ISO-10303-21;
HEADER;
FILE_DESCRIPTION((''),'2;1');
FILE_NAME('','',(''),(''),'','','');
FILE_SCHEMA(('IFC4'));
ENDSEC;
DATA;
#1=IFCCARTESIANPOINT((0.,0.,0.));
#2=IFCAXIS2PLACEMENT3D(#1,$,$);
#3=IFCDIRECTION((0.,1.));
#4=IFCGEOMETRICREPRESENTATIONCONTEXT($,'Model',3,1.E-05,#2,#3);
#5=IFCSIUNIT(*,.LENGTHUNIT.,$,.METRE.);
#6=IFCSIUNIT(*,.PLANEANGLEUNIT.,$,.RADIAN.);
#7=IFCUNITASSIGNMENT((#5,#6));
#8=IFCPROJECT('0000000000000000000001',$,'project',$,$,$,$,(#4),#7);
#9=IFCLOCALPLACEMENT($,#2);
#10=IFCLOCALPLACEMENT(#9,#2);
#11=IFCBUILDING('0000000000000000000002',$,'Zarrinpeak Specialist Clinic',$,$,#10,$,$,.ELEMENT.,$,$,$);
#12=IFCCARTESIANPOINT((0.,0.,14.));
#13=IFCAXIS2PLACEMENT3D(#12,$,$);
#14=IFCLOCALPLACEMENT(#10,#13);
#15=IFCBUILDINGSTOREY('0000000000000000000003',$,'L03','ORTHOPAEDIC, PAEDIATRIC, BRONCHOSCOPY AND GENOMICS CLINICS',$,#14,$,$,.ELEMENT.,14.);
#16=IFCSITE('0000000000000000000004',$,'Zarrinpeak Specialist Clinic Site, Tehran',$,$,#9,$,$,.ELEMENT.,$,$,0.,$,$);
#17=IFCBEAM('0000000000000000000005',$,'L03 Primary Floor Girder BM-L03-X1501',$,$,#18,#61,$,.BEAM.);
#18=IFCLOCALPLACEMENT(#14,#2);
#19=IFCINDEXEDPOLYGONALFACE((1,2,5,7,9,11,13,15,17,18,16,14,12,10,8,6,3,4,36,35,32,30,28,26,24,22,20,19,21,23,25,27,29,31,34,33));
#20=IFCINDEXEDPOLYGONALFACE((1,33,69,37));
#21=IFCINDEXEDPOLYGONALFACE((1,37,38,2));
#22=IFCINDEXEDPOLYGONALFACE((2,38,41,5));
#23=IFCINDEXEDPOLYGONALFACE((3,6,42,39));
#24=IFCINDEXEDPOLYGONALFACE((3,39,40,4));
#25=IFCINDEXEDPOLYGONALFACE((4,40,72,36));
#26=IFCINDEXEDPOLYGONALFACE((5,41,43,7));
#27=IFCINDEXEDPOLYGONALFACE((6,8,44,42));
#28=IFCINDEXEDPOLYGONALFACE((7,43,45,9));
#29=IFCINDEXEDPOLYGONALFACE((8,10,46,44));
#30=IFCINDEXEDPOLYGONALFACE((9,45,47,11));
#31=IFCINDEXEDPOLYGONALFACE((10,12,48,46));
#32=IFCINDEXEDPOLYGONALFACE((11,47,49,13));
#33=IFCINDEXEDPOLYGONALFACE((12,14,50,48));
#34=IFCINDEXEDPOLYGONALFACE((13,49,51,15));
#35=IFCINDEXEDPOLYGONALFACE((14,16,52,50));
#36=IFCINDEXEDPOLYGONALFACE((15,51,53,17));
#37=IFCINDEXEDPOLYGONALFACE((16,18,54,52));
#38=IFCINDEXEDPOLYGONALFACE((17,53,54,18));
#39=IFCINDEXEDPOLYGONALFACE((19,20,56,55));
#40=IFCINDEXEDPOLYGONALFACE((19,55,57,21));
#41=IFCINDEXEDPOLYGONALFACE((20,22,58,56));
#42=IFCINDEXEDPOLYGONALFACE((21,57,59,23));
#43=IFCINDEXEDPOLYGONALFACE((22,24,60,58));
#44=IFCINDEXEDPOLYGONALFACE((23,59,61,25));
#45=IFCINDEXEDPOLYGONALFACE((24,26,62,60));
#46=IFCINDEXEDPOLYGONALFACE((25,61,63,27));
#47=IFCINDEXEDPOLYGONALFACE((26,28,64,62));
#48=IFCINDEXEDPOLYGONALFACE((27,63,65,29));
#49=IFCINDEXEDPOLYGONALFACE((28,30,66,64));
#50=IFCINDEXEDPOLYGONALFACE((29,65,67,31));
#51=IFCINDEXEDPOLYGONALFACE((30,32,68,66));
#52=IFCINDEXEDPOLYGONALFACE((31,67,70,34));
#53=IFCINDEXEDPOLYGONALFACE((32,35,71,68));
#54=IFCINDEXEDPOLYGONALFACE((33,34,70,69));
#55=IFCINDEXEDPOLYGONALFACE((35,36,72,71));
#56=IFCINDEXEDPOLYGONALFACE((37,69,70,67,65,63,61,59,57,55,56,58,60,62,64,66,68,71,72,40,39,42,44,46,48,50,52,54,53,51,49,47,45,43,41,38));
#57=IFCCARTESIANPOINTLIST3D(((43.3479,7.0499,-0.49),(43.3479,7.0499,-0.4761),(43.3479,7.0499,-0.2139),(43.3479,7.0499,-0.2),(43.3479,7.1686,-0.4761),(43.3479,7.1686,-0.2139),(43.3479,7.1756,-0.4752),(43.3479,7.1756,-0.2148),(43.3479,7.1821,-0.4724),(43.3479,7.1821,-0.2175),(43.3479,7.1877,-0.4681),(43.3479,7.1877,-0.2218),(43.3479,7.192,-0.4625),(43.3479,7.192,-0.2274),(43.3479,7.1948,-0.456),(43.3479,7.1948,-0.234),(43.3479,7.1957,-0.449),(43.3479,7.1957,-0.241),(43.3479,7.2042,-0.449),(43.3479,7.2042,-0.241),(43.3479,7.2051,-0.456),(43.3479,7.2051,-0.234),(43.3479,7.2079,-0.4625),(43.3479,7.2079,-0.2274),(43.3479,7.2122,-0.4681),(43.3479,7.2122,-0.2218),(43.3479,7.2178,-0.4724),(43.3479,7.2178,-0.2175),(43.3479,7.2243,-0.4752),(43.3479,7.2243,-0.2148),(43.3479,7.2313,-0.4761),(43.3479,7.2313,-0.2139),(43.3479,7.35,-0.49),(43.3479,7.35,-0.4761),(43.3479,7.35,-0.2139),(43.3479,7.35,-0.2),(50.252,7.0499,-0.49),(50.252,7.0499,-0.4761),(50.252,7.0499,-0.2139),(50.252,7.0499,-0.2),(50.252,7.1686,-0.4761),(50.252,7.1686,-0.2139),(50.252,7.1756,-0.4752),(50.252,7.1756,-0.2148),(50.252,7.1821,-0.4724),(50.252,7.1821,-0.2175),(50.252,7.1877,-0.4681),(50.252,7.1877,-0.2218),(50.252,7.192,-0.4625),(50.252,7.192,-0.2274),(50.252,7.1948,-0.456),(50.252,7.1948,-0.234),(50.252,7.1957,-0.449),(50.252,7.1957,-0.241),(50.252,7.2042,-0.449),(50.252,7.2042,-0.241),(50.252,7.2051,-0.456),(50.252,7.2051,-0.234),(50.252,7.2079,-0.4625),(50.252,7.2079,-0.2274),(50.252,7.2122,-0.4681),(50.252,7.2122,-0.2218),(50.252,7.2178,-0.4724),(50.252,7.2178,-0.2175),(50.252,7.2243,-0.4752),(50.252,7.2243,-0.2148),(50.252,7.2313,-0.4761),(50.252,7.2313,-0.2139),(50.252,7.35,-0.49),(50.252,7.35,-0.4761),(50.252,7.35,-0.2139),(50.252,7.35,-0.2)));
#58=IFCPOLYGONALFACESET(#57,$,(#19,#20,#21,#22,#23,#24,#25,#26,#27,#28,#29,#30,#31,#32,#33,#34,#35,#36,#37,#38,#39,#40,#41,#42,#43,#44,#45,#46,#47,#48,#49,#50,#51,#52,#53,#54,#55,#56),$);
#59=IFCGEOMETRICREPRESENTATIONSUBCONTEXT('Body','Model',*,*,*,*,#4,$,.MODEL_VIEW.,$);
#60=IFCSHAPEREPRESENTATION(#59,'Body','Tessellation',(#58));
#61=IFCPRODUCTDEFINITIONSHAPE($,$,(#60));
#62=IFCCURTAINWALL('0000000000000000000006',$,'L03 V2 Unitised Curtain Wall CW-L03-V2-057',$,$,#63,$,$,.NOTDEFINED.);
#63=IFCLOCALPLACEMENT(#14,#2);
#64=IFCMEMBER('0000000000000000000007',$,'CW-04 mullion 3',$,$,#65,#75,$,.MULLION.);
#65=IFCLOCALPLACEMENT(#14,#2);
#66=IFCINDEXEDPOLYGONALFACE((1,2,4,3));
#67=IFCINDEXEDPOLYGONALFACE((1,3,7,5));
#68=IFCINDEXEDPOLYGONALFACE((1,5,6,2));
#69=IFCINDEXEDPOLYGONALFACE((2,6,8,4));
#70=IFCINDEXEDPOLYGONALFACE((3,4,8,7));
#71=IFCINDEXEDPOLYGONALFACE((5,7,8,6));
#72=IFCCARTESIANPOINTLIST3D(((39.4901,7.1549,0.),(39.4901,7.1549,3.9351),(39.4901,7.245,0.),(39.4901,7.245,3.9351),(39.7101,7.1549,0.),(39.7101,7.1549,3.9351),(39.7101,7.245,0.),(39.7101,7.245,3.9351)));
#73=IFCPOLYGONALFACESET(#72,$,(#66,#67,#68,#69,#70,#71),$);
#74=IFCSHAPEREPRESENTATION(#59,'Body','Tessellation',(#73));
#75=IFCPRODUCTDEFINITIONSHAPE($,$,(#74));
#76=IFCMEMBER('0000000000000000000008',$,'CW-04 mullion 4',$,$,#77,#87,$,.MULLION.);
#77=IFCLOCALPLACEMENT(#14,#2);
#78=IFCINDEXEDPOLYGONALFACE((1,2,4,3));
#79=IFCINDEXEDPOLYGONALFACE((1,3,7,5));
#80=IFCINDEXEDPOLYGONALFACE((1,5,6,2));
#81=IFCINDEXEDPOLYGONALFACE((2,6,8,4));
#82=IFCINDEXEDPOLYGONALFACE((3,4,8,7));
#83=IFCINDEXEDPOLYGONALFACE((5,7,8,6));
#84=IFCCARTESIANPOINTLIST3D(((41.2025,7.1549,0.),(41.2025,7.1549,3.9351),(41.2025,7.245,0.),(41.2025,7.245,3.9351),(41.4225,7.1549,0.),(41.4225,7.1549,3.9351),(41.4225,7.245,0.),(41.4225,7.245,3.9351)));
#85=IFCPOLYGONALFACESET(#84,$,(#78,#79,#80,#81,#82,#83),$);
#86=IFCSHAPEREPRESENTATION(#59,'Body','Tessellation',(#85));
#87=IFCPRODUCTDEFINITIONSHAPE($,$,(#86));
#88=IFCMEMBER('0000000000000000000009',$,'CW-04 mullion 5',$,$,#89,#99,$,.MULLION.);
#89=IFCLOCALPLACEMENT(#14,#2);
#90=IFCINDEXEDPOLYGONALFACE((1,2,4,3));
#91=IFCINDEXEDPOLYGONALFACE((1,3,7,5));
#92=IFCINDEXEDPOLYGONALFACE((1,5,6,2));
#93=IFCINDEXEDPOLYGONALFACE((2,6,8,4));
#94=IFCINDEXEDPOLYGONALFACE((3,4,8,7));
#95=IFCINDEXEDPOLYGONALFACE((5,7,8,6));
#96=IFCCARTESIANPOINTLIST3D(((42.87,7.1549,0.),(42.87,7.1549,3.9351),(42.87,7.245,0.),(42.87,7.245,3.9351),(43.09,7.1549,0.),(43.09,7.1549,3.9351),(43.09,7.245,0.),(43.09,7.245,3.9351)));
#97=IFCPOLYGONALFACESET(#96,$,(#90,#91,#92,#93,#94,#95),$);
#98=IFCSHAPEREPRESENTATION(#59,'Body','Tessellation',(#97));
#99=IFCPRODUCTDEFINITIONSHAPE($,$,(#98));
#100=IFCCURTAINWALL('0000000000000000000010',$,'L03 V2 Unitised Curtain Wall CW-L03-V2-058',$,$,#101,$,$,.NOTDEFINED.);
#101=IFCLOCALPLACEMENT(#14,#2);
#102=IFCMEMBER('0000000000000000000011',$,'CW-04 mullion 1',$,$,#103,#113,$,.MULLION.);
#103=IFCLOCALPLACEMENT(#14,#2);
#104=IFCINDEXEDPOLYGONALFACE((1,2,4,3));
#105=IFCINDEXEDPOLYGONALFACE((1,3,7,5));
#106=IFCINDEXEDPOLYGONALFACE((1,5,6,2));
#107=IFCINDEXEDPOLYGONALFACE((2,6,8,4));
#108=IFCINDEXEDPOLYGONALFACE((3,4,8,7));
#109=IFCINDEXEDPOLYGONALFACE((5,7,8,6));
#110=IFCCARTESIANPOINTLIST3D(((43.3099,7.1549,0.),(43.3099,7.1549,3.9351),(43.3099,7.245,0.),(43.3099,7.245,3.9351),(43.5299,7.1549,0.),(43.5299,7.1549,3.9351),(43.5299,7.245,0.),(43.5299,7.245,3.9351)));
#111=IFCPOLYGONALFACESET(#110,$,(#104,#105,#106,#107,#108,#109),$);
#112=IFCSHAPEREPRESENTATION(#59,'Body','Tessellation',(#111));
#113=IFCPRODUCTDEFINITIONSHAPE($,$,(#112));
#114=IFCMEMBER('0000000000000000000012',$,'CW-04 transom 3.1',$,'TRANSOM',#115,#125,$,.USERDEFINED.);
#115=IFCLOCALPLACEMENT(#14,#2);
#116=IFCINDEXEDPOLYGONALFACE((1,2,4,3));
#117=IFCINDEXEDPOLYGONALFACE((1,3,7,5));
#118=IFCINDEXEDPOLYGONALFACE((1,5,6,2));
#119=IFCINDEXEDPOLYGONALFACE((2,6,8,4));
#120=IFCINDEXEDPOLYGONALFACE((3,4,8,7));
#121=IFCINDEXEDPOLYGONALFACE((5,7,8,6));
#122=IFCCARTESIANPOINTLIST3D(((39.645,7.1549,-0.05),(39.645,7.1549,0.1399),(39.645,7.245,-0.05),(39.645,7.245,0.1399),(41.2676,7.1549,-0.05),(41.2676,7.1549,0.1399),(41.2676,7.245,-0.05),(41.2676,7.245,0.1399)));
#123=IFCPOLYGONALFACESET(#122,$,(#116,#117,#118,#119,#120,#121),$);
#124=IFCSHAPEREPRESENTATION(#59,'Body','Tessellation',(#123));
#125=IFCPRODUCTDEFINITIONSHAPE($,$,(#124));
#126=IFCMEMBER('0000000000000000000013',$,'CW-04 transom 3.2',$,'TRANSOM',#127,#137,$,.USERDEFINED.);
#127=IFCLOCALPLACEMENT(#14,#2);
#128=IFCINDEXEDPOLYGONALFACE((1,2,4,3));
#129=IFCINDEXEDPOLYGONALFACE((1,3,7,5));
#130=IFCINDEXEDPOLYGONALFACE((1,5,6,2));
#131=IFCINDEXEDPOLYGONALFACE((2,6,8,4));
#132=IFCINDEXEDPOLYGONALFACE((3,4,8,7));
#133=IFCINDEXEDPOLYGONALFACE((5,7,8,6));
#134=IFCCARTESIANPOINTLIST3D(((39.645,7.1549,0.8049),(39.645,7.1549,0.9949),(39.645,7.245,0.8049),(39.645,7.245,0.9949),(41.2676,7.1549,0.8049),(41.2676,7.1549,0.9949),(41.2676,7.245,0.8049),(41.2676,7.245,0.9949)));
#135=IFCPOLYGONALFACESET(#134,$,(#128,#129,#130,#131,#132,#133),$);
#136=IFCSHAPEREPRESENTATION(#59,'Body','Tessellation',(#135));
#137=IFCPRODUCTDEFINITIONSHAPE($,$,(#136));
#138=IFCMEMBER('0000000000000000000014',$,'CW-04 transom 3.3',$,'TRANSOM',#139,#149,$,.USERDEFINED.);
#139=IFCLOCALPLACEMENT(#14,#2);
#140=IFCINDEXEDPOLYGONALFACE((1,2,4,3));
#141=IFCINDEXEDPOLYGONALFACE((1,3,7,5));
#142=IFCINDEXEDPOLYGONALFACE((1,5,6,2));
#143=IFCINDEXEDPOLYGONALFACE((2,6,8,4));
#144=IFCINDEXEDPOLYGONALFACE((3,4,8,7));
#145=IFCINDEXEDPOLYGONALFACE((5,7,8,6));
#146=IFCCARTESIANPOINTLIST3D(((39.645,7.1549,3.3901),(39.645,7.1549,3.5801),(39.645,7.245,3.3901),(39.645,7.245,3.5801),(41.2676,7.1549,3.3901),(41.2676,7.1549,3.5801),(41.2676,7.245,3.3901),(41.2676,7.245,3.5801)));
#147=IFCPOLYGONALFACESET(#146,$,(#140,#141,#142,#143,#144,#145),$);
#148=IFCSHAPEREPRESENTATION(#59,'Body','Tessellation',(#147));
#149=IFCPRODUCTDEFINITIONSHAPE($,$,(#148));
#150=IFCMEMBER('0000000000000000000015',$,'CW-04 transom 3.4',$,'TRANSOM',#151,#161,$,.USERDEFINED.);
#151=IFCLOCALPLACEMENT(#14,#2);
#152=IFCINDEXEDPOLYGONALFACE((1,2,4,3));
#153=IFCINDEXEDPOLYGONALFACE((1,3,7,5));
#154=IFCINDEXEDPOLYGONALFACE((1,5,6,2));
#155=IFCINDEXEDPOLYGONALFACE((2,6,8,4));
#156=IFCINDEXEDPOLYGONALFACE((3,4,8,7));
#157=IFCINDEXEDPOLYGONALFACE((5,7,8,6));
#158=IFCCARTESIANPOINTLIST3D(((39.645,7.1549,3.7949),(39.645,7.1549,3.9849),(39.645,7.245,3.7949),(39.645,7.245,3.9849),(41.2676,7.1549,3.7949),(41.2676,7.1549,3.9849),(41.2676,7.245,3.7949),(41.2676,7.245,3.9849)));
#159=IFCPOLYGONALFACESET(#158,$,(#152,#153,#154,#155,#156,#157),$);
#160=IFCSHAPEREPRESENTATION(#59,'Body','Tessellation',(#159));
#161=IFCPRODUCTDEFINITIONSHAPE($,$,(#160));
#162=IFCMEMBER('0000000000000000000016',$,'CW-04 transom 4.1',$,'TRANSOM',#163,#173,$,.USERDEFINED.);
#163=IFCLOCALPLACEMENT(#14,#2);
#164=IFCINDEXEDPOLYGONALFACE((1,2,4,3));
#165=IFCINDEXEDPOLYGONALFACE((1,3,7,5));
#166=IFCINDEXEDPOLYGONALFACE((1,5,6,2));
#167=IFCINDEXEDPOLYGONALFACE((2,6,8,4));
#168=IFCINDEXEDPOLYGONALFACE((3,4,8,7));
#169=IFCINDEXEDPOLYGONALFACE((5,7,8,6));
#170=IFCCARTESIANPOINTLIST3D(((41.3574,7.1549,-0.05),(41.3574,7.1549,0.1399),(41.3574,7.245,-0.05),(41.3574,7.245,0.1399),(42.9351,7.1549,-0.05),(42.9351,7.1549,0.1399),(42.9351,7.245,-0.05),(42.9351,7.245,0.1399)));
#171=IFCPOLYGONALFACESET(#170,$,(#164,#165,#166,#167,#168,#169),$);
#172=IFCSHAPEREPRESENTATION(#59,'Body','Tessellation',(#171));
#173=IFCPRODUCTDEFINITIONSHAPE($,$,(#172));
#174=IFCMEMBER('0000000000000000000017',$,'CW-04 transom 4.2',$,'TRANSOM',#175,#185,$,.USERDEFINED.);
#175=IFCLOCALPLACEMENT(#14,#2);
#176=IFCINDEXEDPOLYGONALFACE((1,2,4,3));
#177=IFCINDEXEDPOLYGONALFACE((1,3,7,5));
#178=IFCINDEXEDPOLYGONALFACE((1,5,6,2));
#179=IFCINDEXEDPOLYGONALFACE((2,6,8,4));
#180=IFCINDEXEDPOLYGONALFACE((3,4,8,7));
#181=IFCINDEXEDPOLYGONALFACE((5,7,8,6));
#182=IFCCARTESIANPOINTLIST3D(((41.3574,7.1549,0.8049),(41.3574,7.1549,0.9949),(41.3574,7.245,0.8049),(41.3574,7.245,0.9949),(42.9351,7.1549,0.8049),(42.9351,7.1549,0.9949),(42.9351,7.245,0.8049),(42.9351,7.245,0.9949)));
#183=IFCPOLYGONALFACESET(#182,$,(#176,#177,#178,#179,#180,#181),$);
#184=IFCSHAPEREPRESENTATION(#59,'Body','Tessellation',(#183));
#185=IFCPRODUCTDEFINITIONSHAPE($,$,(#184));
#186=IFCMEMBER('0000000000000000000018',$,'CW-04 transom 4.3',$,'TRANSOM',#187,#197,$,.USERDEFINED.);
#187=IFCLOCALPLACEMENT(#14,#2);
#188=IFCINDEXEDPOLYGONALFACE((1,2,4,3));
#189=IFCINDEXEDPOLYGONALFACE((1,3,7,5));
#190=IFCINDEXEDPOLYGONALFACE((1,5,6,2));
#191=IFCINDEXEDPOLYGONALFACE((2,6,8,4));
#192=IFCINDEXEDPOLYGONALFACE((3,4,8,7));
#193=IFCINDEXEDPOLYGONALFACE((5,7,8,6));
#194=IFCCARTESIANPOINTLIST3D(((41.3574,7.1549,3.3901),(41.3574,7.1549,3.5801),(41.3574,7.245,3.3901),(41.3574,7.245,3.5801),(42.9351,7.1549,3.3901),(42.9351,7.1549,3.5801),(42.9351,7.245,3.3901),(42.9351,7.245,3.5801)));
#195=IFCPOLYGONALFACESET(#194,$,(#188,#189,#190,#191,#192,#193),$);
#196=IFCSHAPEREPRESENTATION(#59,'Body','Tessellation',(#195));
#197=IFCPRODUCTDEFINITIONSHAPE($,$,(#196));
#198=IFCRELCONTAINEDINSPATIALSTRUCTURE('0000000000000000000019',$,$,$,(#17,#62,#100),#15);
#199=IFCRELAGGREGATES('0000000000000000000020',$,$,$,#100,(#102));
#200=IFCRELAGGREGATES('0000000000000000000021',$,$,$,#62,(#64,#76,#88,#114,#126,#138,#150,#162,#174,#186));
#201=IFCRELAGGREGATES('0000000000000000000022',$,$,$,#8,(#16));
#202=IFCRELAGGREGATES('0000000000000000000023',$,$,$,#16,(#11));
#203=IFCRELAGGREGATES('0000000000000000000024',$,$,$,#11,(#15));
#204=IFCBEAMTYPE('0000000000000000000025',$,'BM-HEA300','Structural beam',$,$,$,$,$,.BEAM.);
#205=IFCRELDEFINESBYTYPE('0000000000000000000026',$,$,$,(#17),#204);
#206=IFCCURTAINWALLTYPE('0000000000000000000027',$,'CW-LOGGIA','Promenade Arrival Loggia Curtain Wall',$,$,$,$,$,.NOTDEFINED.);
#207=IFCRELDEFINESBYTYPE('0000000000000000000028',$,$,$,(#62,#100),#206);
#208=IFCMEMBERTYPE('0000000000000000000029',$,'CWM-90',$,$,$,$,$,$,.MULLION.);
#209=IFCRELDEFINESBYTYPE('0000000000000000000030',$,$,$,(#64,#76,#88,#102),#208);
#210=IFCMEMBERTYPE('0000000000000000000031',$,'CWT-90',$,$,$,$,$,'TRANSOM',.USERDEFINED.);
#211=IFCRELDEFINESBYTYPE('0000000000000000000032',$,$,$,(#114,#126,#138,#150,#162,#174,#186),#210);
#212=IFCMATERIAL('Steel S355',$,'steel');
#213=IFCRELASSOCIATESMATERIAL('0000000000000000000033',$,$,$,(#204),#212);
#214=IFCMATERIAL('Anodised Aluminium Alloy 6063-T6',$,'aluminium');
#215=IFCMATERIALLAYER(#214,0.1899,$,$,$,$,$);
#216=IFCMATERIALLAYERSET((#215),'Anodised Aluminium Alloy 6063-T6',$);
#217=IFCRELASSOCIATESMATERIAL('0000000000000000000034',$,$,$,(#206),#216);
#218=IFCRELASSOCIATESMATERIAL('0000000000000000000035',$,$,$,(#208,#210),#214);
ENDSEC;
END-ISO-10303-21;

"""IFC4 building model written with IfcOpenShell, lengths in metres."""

from ifc_helpers import new_model, si_unit, direction, frame, origin, origin_2d, place, context, subcontext, project, spatial, rectangle, i_section, extrude, material, layer, layer_set, material_profile, profile_set, type_object, element, aggregate, save


model = new_model("IFC4")

# Units and contexts
model_context = context("Model", 3, precision=1e-05, world=origin(), true_north=direction((0.0, 1.0)))
body_context = subcontext(model_context, "Body", "Model", "MODEL_VIEW")
ifc_project = project(units=[si_unit("LENGTHUNIT", "METRE"), si_unit("PLANEANGLEUNIT", "RADIAN")], contexts=[model_context])

# Site, building, storey
site_placement = place(None, origin())
site = spatial("IfcSite", under=ifc_project, at=site_placement, Name="Zarrinpeak Specialist Clinic Site, Tehran", CompositionType="ELEMENT", RefElevation=0.0)
building_placement = place(site_placement, origin())
building = spatial("IfcBuilding", under=site, at=building_placement, Name="Zarrinpeak Specialist Clinic", CompositionType="ELEMENT")
storey_placement = place(building_placement, frame((0.0, 0.0, 14.0)))
storey = spatial("IfcBuildingStorey", under=building, at=storey_placement, Name="L03", Description="ORTHOPAEDIC, PAEDIATRIC, BRONCHOSCOPY AND GENOMICS CLINICS", CompositionType="ELEMENT", Elevation=14.0)

# Shared definitions
ifc_material_1 = material(Name="Steel S355", Category="steel")

# Beam
ifc_material_profile_1 = material_profile(ifc_material_1, i_section(OverallWidth=0.3, OverallDepth=0.29, WebThickness=0.0085, FlangeThickness=0.0139, FilletRadius=0.0271, at=origin_2d()), Name="HEA 300")
ifc_profile_set_1 = profile_set([ifc_material_profile_1], Name="Steel S355")
beam_type = type_object("IfcBeamType", Name="BM-HEA300", Description="Structural beam", PredefinedType="BEAM", material=ifc_profile_set_1)
beam_1_placement = place(storey_placement, frame((43.3479, 7.2, -0.345), z_axis=(1.0, 0.0, 0.0), x_axis=(0.0, 1.0, 0.0)))
element("IfcBeam", 1, at=beam_1_placement, inside=storey, type_object=beam_type, Name="L03 Primary Floor Girder BM-L03-X1501", PredefinedType="BEAM", context=body_context, shape_type="SweptSolid", body=[
    extrude(i_section(OverallWidth=0.3, OverallDepth=0.29, WebThickness=0.0085, FlangeThickness=0.0139, FilletRadius=0.0271, at=origin_2d()), origin(), (0.0, 0.0, 1.0), 6.9041),
])

# Curtain wall, members
ifc_material_2 = material(Name="Anodised Aluminium Alloy 6063-T6", Category="aluminium")
ifc_layer_1 = layer(ifc_material_2, 0.1899)
ifc_layer_set_1 = layer_set([ifc_layer_1], Name="Anodised Aluminium Alloy 6063-T6")
curtain_wall_type = type_object("IfcCurtainWallType", Name="CW-LOGGIA", Description="Promenade Arrival Loggia Curtain Wall", PredefinedType="NOTDEFINED", material=ifc_layer_set_1)
curtain_wall_1_placement = place(storey_placement, origin())
curtain_wall_1 = element("IfcCurtainWall", 2, at=curtain_wall_1_placement, inside=storey, type_object=curtain_wall_type, Name="L03 V2 Unitised Curtain Wall CW-L03-V2-057", PredefinedType="NOTDEFINED")
ifc_material_profile_2 = material_profile(ifc_material_2, rectangle(XDim=0.0901, YDim=0.22, at=origin_2d()), Name="ALU 90x220")
ifc_profile_set_2 = profile_set([ifc_material_profile_2], Name="Anodised Aluminium Alloy 6063-T6")
member_type_1 = type_object("IfcMemberType", Name="CWM-90", PredefinedType="MULLION", material=ifc_profile_set_2)
member_1_placement = place(storey_placement, frame((39.6001, 7.2, 0.0), z_axis=(0.0, 0.0, 1.0), x_axis=(0.0, 1.0, 0.0)))
member_1 = element("IfcMember", 3, at=member_1_placement, type_object=member_type_1, Name="CW-04 mullion 3", PredefinedType="MULLION", context=body_context, shape_type="SweptSolid", body=[
    extrude(rectangle(XDim=0.0901, YDim=0.22, at=origin_2d()), origin(), (0.0, 0.0, 1.0), 3.9351),
])
member_2_placement = place(storey_placement, frame((41.3125, 7.2, 0.0), z_axis=(0.0, 0.0, 1.0), x_axis=(0.0, 1.0, 0.0)))
member_2 = element("IfcMember", 4, at=member_2_placement, type_object=member_type_1, Name="CW-04 mullion 4", PredefinedType="MULLION", context=body_context, shape_type="SweptSolid", body=[
    extrude(rectangle(XDim=0.0901, YDim=0.22, at=origin_2d()), origin(), (0.0, 0.0, 1.0), 3.9351),
])
member_3_placement = place(storey_placement, frame((42.98, 7.2, 0.0), z_axis=(0.0, 0.0, 1.0), x_axis=(0.0, 1.0, 0.0)))
member_3 = element("IfcMember", 5, at=member_3_placement, type_object=member_type_1, Name="CW-04 mullion 5", PredefinedType="MULLION", context=body_context, shape_type="SweptSolid", body=[
    extrude(rectangle(XDim=0.0901, YDim=0.22, at=origin_2d()), origin(), (0.0, 0.0, 1.0), 3.9351),
])

# Curtain wall, member
curtain_wall_2_placement = place(storey_placement, origin())
curtain_wall_2 = element("IfcCurtainWall", 6, at=curtain_wall_2_placement, inside=storey, type_object=curtain_wall_type, Name="L03 V2 Unitised Curtain Wall CW-L03-V2-058", PredefinedType="NOTDEFINED")
member_4_placement = place(storey_placement, frame((43.4199, 7.2, 0.0), z_axis=(0.0, 0.0, 1.0), x_axis=(0.0, 1.0, 0.0)))
member_4 = element("IfcMember", 7, at=member_4_placement, type_object=member_type_1, Name="CW-04 mullion 1", PredefinedType="MULLION", context=body_context, shape_type="SweptSolid", body=[
    extrude(rectangle(XDim=0.0901, YDim=0.22, at=origin_2d()), origin(), (0.0, 0.0, 1.0), 3.9351),
])

# Members
ifc_material_profile_3 = material_profile(ifc_material_2, rectangle(XDim=0.0901, YDim=0.1899, at=origin_2d()), Name="ALU 90x190")
ifc_profile_set_3 = profile_set([ifc_material_profile_3], Name="Anodised Aluminium Alloy 6063-T6")
member_type_2 = type_object("IfcMemberType", Name="CWT-90", ElementType="TRANSOM", PredefinedType="USERDEFINED", material=ifc_profile_set_3)
member_5_placement = place(storey_placement, frame((39.645, 7.2, 0.0449), z_axis=(1.0, 0.0, 0.0), x_axis=(0.0, 1.0, 0.0)))
member_5 = element("IfcMember", 8, at=member_5_placement, type_object=member_type_2, Name="CW-04 transom 3.1", ObjectType="TRANSOM", PredefinedType="USERDEFINED", context=body_context, shape_type="SweptSolid", body=[
    extrude(rectangle(XDim=0.0901, YDim=0.1899, at=origin_2d()), origin(), (0.0, 0.0, 1.0), 1.6226),
])
member_6_placement = place(storey_placement, frame((39.645, 7.2, 0.8999), z_axis=(1.0, 0.0, 0.0), x_axis=(0.0, 1.0, 0.0)))
member_6 = element("IfcMember", 9, at=member_6_placement, type_object=member_type_2, Name="CW-04 transom 3.2", ObjectType="TRANSOM", PredefinedType="USERDEFINED", context=body_context, shape_type="SweptSolid", body=[
    extrude(rectangle(XDim=0.0901, YDim=0.1899, at=origin_2d()), origin(), (0.0, 0.0, 1.0), 1.6226),
])
member_7_placement = place(storey_placement, frame((39.645, 7.2, 3.4851), z_axis=(1.0, 0.0, 0.0), x_axis=(0.0, 1.0, 0.0)))
member_7 = element("IfcMember", 10, at=member_7_placement, type_object=member_type_2, Name="CW-04 transom 3.3", ObjectType="TRANSOM", PredefinedType="USERDEFINED", context=body_context, shape_type="SweptSolid", body=[
    extrude(rectangle(XDim=0.0901, YDim=0.1899, at=origin_2d()), origin(), (0.0, 0.0, 1.0), 1.6226),
])
member_8_placement = place(storey_placement, frame((39.645, 7.2, 3.8899), z_axis=(1.0, 0.0, 0.0), x_axis=(0.0, 1.0, 0.0)))
member_8 = element("IfcMember", 11, at=member_8_placement, type_object=member_type_2, Name="CW-04 transom 3.4", ObjectType="TRANSOM", PredefinedType="USERDEFINED", context=body_context, shape_type="SweptSolid", body=[
    extrude(rectangle(XDim=0.0901, YDim=0.1899, at=origin_2d()), origin(), (0.0, 0.0, 1.0), 1.6226),
])
member_9_placement = place(storey_placement, frame((41.3574, 7.2, 0.0449), z_axis=(1.0, 0.0, 0.0), x_axis=(0.0, 1.0, 0.0)))
member_9 = element("IfcMember", 12, at=member_9_placement, type_object=member_type_2, Name="CW-04 transom 4.1", ObjectType="TRANSOM", PredefinedType="USERDEFINED", context=body_context, shape_type="SweptSolid", body=[
    extrude(rectangle(XDim=0.0901, YDim=0.1899, at=origin_2d()), origin(), (0.0, 0.0, 1.0), 1.5776),
])
member_10_placement = place(storey_placement, frame((41.3574, 7.2, 0.8999), z_axis=(1.0, 0.0, 0.0), x_axis=(0.0, 1.0, 0.0)))
member_10 = element("IfcMember", 13, at=member_10_placement, type_object=member_type_2, Name="CW-04 transom 4.2", ObjectType="TRANSOM", PredefinedType="USERDEFINED", context=body_context, shape_type="SweptSolid", body=[
    extrude(rectangle(XDim=0.0901, YDim=0.1899, at=origin_2d()), origin(), (0.0, 0.0, 1.0), 1.5776),
])
member_11_placement = place(storey_placement, frame((41.3574, 7.2, 3.4851), z_axis=(1.0, 0.0, 0.0), x_axis=(0.0, 1.0, 0.0)))
member_11 = element("IfcMember", 14, at=member_11_placement, type_object=member_type_2, Name="CW-04 transom 4.3", ObjectType="TRANSOM", PredefinedType="USERDEFINED", context=body_context, shape_type="SweptSolid", body=[
    extrude(rectangle(XDim=0.0901, YDim=0.1899, at=origin_2d()), origin(), (0.0, 0.0, 1.0), 1.5776),
])
aggregate(curtain_wall_2, [member_4])

aggregate(curtain_wall_1, [member_1, member_2, member_3, member_5, member_6, member_7, member_8, member_9, member_10, member_11])

save(model, "model.ifc")
